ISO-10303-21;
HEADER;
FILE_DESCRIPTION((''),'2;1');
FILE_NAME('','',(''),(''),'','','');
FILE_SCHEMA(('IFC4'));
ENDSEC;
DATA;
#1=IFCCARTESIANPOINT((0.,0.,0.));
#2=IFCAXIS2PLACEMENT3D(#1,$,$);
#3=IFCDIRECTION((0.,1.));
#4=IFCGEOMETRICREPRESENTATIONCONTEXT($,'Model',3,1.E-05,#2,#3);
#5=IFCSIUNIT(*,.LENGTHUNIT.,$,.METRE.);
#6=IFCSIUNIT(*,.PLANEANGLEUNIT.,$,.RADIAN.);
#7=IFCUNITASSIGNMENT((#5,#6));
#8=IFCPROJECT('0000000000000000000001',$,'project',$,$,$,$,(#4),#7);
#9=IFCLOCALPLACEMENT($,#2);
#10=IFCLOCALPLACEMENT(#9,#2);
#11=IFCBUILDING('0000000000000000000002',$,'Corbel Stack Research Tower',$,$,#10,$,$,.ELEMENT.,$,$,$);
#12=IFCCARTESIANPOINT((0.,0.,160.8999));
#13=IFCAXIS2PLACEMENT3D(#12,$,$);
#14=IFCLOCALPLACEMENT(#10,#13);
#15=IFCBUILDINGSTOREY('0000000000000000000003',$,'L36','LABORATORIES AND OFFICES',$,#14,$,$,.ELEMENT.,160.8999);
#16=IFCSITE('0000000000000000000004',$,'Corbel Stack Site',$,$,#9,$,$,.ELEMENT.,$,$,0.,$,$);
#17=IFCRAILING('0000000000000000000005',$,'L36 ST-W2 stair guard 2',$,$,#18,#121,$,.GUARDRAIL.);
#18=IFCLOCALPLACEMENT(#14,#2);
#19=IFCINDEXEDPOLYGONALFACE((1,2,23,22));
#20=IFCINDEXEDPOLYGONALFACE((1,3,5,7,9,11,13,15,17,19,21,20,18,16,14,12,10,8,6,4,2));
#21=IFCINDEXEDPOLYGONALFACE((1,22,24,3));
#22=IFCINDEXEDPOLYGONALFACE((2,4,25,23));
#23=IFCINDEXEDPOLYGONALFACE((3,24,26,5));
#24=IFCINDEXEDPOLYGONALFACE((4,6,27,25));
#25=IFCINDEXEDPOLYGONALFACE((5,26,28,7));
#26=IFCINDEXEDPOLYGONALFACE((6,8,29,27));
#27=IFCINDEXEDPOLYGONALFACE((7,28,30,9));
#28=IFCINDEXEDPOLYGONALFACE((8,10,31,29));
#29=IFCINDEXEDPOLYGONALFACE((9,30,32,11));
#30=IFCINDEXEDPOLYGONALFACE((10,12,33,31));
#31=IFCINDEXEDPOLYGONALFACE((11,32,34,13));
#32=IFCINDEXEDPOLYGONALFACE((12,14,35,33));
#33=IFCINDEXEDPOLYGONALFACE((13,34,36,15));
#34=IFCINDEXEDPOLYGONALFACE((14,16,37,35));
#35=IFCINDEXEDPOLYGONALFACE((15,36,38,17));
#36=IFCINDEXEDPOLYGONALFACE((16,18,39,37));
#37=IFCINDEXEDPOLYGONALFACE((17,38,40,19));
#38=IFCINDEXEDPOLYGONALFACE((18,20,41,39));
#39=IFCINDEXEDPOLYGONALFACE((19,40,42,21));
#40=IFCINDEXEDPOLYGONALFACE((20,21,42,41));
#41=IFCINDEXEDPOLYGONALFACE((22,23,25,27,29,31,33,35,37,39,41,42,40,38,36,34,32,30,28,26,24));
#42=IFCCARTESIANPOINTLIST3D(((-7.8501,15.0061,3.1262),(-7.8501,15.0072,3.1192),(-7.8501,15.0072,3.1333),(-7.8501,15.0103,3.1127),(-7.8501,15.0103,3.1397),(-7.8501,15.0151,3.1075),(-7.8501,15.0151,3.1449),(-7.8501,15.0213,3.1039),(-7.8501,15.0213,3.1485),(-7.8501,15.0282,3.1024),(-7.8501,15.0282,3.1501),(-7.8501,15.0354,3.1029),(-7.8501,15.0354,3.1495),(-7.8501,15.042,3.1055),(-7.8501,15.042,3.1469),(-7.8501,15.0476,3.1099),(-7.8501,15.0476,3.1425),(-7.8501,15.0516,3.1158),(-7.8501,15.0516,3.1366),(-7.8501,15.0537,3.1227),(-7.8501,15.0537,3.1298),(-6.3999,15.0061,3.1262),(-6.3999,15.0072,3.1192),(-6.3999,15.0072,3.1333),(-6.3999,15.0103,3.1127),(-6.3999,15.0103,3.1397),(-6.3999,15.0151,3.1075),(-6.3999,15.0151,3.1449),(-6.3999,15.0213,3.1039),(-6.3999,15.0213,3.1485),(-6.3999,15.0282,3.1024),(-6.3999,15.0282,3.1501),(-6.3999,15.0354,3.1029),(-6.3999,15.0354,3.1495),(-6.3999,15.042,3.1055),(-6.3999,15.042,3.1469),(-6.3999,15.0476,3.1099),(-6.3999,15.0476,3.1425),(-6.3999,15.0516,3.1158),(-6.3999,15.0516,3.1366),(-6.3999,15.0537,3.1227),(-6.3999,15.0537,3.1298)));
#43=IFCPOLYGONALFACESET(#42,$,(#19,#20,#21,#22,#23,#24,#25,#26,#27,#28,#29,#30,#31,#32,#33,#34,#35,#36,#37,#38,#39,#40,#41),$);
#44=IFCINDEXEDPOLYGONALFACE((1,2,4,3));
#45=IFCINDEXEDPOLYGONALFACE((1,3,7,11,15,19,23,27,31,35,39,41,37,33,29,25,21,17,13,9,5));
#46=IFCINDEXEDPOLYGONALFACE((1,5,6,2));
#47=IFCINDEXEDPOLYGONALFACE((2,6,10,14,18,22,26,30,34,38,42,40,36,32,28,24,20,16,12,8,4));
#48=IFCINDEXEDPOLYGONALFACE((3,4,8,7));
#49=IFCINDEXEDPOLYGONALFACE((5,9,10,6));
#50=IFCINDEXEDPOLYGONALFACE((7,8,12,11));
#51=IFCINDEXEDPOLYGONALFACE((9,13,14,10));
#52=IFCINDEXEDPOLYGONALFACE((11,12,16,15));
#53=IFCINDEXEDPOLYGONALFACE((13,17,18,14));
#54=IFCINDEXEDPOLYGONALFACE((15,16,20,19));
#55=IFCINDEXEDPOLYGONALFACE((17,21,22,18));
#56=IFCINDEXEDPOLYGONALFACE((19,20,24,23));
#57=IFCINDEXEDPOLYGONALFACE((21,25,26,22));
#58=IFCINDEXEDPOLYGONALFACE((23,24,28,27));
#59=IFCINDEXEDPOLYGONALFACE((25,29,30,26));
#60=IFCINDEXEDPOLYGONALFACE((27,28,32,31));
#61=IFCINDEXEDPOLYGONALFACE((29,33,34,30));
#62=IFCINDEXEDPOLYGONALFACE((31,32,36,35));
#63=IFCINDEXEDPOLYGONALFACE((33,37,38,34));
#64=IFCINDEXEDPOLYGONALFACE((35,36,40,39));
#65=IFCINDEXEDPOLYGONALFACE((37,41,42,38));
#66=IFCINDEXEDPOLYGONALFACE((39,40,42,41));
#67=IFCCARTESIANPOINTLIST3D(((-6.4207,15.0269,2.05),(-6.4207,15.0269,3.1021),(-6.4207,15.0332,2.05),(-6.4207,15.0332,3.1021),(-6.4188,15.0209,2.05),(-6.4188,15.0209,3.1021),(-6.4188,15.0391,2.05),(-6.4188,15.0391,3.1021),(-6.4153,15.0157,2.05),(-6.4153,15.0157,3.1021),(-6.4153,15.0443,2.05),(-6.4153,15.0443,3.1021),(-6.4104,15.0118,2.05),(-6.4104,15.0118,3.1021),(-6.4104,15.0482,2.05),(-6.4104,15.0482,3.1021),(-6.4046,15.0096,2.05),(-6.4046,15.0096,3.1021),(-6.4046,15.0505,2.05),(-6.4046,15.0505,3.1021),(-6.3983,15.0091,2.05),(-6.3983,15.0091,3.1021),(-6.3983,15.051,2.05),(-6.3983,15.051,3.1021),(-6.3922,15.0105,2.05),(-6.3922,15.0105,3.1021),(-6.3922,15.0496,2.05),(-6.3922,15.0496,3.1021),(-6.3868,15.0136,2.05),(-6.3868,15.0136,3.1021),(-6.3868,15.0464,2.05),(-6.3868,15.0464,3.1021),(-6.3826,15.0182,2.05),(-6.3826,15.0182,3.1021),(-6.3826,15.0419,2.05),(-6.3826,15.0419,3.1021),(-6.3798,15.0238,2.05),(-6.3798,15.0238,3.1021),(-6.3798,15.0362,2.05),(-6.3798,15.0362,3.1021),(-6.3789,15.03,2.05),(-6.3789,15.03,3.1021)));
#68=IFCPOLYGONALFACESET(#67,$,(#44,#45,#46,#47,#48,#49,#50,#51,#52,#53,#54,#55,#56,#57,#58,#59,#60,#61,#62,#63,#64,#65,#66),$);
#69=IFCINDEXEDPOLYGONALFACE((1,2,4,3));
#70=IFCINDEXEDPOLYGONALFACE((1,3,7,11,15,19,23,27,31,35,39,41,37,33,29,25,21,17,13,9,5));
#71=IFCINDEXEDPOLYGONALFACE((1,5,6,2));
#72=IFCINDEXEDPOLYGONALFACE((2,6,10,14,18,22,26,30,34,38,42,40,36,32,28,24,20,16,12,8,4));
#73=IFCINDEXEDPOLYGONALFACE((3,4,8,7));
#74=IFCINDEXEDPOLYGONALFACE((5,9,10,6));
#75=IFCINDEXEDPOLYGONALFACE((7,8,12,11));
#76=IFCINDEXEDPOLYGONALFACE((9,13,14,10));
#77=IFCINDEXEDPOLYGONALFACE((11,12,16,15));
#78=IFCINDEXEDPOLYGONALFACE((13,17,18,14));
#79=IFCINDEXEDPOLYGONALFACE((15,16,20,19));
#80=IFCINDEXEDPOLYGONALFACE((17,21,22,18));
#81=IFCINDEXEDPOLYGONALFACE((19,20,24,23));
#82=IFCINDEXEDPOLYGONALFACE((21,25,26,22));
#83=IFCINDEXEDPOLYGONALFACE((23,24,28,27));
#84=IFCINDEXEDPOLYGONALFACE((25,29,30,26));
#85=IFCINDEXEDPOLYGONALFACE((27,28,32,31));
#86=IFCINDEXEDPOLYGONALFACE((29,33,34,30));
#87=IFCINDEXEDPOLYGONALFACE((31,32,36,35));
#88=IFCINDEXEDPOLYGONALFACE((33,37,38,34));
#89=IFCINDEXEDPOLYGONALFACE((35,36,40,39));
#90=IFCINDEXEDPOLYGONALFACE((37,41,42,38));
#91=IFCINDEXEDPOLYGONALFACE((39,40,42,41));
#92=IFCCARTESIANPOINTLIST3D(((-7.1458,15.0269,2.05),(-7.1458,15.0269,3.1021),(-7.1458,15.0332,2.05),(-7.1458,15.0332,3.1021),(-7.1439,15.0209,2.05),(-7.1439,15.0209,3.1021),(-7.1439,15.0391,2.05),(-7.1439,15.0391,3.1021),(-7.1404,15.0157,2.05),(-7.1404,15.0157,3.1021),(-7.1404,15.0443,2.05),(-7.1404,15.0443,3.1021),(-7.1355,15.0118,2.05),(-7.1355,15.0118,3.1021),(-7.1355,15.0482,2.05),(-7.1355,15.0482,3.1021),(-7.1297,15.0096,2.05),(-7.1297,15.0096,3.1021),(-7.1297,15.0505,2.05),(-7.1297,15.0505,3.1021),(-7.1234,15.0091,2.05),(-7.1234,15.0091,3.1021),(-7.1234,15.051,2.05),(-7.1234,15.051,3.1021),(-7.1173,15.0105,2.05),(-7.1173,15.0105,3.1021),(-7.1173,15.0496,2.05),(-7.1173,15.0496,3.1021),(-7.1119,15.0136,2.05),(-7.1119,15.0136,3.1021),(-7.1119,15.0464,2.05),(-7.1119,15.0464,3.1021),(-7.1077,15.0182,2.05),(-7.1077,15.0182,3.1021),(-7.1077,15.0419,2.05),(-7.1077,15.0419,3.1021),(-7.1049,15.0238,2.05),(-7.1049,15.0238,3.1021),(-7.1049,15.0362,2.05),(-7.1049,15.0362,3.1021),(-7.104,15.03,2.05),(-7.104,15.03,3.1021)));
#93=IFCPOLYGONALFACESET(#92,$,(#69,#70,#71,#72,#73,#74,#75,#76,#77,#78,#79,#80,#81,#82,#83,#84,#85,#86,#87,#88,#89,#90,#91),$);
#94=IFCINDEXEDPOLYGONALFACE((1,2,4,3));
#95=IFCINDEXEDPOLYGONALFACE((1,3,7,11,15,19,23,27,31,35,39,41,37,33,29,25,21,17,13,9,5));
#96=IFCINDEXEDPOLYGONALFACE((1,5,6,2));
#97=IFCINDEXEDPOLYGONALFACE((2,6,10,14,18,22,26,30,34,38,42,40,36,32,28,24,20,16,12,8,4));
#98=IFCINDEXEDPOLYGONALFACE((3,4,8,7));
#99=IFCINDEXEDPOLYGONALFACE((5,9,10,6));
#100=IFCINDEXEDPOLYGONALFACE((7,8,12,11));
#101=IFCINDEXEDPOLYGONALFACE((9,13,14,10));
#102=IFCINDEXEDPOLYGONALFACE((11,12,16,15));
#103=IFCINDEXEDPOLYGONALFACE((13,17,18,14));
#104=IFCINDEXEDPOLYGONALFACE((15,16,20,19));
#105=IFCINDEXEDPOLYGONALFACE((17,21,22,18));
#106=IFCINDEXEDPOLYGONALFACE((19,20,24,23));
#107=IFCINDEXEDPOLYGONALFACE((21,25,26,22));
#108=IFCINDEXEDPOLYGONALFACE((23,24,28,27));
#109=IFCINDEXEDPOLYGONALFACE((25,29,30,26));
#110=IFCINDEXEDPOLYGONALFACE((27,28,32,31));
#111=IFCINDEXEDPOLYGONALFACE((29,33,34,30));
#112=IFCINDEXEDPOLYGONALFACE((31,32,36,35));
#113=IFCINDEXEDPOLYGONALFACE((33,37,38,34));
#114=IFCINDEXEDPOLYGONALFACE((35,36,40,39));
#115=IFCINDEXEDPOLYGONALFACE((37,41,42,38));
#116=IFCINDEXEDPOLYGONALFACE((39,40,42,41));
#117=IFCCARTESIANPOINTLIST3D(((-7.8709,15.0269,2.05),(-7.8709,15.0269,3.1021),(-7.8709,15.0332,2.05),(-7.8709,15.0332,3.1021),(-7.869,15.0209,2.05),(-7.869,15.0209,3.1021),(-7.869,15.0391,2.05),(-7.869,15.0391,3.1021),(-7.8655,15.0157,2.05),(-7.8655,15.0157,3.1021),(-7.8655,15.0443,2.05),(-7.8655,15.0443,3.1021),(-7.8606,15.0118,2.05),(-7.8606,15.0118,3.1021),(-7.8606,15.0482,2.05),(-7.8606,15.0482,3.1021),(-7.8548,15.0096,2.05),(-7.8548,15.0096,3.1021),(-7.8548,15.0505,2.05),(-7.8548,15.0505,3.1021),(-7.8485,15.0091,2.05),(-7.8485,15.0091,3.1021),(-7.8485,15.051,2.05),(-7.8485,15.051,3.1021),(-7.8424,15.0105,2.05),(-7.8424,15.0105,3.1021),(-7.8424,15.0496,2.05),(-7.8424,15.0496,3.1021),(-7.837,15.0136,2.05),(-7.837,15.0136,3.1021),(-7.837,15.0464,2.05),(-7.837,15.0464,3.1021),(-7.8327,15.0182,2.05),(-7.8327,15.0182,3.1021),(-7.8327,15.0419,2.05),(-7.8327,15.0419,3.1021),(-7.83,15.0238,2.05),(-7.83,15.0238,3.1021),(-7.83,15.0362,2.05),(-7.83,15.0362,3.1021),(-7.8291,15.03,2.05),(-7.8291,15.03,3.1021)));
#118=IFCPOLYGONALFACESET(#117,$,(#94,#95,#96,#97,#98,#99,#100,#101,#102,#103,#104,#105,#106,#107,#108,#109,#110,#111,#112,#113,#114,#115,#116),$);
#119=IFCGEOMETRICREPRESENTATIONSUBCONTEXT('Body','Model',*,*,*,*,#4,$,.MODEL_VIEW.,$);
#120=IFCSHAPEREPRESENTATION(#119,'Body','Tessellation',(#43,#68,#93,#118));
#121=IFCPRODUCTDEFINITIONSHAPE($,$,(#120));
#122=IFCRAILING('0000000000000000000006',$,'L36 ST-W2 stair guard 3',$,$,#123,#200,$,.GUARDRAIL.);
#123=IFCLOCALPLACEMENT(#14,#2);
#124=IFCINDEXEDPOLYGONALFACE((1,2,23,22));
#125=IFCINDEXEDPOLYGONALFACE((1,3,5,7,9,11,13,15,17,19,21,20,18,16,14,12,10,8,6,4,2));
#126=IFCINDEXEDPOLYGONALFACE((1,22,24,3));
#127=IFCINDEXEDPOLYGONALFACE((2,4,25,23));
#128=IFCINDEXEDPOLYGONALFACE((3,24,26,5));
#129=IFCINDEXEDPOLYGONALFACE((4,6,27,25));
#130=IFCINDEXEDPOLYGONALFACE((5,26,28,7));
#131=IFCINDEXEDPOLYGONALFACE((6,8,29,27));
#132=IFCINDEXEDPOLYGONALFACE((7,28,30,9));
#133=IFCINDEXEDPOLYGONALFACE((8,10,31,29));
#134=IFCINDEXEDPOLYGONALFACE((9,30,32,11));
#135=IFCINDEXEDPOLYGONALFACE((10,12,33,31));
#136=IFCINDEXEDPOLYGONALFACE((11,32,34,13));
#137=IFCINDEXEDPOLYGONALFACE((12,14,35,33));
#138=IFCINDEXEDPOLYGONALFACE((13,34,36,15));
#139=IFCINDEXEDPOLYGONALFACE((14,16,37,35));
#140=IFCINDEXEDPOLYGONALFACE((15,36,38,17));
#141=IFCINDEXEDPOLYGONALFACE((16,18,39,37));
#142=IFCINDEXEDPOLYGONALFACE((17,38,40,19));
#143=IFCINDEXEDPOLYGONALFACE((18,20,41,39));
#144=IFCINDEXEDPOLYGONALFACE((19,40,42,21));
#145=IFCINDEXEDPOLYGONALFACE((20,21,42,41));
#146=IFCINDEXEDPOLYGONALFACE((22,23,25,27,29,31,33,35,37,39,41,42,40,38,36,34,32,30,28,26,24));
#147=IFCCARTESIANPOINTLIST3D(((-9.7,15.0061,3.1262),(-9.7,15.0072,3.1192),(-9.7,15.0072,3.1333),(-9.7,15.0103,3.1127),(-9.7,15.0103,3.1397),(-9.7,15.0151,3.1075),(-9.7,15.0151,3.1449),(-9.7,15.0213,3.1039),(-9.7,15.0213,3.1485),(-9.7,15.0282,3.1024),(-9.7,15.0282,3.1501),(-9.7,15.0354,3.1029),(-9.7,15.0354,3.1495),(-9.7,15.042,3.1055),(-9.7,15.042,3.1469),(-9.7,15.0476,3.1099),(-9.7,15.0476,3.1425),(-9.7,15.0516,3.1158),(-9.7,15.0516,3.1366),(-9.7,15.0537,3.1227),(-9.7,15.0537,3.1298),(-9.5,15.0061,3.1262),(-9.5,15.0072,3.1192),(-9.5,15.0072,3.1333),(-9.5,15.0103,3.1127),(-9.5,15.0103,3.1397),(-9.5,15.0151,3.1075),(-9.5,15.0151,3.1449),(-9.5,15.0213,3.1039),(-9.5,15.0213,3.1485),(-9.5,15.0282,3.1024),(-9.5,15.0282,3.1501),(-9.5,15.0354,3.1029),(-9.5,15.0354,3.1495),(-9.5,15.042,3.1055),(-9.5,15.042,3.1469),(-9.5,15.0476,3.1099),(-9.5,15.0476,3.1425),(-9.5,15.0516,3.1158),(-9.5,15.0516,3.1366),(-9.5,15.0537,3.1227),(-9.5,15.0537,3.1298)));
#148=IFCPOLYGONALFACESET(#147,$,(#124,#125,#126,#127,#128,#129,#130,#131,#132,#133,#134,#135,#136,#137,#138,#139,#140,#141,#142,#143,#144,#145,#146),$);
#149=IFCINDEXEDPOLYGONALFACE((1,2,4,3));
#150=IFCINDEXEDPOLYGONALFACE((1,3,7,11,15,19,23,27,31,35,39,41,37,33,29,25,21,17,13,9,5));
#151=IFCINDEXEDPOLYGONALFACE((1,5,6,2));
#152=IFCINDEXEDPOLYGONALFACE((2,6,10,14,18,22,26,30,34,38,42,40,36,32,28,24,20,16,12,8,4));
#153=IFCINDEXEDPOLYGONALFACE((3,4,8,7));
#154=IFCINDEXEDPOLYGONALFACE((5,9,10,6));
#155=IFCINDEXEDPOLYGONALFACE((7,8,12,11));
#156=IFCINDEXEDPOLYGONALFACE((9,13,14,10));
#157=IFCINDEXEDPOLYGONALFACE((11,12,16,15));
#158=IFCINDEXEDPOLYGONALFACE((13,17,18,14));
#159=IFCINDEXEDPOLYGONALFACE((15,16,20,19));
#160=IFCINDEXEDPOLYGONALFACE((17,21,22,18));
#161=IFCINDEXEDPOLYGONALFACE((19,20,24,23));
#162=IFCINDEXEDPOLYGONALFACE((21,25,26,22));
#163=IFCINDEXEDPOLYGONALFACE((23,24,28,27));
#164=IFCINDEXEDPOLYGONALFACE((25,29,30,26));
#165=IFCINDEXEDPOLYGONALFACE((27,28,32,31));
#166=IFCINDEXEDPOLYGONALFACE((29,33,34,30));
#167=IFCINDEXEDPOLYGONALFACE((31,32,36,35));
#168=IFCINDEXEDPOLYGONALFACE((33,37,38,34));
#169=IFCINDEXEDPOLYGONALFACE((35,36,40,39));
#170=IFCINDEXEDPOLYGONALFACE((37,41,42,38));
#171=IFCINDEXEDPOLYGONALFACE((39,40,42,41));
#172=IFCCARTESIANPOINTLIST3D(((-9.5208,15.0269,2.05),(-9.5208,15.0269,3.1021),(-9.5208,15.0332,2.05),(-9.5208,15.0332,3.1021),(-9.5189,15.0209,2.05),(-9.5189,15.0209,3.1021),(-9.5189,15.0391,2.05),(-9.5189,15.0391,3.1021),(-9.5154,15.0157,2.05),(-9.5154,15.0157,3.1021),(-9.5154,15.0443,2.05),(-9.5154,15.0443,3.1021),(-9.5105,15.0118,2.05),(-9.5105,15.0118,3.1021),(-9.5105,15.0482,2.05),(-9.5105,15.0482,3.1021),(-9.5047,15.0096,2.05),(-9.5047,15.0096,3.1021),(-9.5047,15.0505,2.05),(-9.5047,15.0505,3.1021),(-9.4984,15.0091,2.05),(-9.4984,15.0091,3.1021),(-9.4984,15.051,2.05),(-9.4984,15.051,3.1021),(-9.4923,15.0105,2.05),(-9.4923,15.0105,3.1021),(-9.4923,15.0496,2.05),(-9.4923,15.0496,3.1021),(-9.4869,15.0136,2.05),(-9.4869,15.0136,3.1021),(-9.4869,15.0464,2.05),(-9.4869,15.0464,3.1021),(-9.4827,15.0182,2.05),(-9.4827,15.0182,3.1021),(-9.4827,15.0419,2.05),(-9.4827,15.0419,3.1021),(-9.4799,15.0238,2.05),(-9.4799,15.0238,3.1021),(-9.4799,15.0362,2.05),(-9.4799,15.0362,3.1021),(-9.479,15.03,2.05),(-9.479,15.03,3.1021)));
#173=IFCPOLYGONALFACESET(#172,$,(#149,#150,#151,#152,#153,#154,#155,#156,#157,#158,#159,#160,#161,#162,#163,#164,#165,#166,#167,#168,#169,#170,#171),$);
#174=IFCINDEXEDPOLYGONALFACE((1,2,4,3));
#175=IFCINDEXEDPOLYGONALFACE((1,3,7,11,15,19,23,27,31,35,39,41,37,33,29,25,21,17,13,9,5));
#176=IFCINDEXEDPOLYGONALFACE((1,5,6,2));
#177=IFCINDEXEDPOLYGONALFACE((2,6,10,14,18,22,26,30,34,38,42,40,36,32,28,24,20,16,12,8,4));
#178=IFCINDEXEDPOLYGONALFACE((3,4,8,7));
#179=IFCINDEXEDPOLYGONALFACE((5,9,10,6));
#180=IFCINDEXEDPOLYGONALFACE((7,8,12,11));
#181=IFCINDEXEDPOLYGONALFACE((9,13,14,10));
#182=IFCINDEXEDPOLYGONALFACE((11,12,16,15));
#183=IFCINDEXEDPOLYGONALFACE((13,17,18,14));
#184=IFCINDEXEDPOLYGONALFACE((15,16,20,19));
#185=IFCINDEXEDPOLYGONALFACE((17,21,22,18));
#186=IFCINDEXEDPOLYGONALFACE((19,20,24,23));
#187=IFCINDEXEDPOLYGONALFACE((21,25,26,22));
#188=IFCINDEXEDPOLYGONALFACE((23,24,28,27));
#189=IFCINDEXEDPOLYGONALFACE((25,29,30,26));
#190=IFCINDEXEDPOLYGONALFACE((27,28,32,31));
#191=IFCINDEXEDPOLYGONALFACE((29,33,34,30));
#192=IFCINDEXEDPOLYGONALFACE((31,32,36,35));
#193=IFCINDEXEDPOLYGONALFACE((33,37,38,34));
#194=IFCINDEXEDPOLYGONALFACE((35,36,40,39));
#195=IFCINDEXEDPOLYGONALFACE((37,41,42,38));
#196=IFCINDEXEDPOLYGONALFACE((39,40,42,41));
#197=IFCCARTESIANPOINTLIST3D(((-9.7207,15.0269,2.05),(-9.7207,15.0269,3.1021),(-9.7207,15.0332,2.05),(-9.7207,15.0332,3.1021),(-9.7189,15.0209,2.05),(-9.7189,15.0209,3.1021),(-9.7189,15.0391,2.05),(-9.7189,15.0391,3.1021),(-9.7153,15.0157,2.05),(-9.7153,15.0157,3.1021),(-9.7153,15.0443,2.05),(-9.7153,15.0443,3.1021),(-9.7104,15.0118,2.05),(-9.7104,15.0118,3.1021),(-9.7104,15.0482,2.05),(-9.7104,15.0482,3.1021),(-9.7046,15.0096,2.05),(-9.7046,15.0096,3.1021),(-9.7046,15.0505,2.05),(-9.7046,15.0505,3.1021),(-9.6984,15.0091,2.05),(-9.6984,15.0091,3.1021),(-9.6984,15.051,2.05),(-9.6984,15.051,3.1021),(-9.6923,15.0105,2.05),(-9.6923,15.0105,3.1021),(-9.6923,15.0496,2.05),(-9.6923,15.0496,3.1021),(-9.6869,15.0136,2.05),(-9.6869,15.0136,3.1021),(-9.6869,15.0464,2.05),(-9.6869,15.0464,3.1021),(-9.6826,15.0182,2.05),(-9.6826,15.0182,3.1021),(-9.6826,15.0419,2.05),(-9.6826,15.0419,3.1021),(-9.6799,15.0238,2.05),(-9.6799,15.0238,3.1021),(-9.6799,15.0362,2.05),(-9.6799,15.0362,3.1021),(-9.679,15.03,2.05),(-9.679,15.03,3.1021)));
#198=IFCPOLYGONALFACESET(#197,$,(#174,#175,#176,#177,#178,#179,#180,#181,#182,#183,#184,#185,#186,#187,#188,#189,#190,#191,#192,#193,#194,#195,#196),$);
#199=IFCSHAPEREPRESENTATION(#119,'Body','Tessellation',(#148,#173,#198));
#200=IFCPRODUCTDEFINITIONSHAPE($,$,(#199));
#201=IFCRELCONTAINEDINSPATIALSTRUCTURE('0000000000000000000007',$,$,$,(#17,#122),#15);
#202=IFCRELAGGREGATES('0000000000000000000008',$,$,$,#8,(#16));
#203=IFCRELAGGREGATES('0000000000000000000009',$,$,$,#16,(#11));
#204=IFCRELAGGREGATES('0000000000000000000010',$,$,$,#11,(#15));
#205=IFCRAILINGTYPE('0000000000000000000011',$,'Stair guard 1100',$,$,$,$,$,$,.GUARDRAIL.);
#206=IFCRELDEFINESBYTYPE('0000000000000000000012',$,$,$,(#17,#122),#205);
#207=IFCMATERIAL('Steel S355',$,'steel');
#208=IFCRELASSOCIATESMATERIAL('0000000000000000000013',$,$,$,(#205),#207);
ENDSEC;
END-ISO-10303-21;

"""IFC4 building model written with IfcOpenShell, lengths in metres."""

from ifc_helpers import new_model, si_unit, direction, frame, origin, origin_2d, place, context, subcontext, project, spatial, circle, extrude, material, type_object, element, save


model = new_model("IFC4")

# Units and contexts
model_context = context("Model", 3, precision=1e-05, world=origin(), true_north=direction((0.0, 1.0)))
body_context = subcontext(model_context, "Body", "Model", "MODEL_VIEW")
ifc_project = project(units=[si_unit("LENGTHUNIT", "METRE"), si_unit("PLANEANGLEUNIT", "RADIAN")], contexts=[model_context])

# Site, building, storey
site_placement = place(None, origin())
site = spatial("IfcSite", under=ifc_project, at=site_placement, Name="Corbel Stack Site", CompositionType="ELEMENT", RefElevation=0.0)
building_placement = place(site_placement, origin())
building = spatial("IfcBuilding", under=site, at=building_placement, Name="Corbel Stack Research Tower", CompositionType="ELEMENT")
storey_placement = place(building_placement, frame((0.0, 0.0, 160.8999)))
storey = spatial("IfcBuildingStorey", under=building, at=storey_placement, Name="L36", Description="LABORATORIES AND OFFICES", CompositionType="ELEMENT", Elevation=160.8999)

# Railings
ifc_material_1 = material(Name="Steel S355", Category="steel")
railing_type_1 = type_object("IfcRailingType", Name="Stair guard 1100", PredefinedType="GUARDRAIL", material=ifc_material_1)
railing_1_placement = place(storey_placement, frame((-6.3999, 15.03, 2.05)))
element("IfcRailing", 1, at=railing_1_placement, inside=storey, type_object=railing_type_1, Name="L36 ST-W2 stair guard 2", PredefinedType="GUARDRAIL", context=body_context, shape_type="SweptSolid", body=[
    extrude(circle(Radius=0.0239, at=origin_2d()), frame((0.0, 0.0, 1.0762), z_axis=(-1.0, 0.0, 0.0), x_axis=(0.0, -1.0, 0.0)), (0.0, 0.0, 1.0), 1.4502),
    extrude(circle(Radius=0.021, at=origin_2d()), origin(), (0.0, 0.0, 1.0), 1.052),
    extrude(circle(Radius=0.021, at=origin_2d()), frame((-0.7251, 0.0, 0.0)), (0.0, 0.0, 1.0), 1.052),
    extrude(circle(Radius=0.021, at=origin_2d()), frame((-1.4502, 0.0, 0.0)), (0.0, 0.0, 1.0), 1.052),
])
railing_2_placement = place(storey_placement, frame((-9.5, 15.03, 2.05)))
element("IfcRailing", 2, at=railing_2_placement, inside=storey, type_object=railing_type_1, Name="L36 ST-W2 stair guard 3", PredefinedType="GUARDRAIL", context=body_context, shape_type="SweptSolid", body=[
    extrude(circle(Radius=0.0239, at=origin_2d()), frame((0.0, 0.0, 1.0762), z_axis=(-1.0, 0.0, 0.0), x_axis=(0.0, -1.0, 0.0)), (0.0, 0.0, 1.0), 0.2),
    extrude(circle(Radius=0.021, at=origin_2d()), origin(), (0.0, 0.0, 1.0), 1.052),
    extrude(circle(Radius=0.021, at=origin_2d()), frame((-0.2, 0.0, 0.0)), (0.0, 0.0, 1.0), 1.052),
])

save(model, "model.ifc")
